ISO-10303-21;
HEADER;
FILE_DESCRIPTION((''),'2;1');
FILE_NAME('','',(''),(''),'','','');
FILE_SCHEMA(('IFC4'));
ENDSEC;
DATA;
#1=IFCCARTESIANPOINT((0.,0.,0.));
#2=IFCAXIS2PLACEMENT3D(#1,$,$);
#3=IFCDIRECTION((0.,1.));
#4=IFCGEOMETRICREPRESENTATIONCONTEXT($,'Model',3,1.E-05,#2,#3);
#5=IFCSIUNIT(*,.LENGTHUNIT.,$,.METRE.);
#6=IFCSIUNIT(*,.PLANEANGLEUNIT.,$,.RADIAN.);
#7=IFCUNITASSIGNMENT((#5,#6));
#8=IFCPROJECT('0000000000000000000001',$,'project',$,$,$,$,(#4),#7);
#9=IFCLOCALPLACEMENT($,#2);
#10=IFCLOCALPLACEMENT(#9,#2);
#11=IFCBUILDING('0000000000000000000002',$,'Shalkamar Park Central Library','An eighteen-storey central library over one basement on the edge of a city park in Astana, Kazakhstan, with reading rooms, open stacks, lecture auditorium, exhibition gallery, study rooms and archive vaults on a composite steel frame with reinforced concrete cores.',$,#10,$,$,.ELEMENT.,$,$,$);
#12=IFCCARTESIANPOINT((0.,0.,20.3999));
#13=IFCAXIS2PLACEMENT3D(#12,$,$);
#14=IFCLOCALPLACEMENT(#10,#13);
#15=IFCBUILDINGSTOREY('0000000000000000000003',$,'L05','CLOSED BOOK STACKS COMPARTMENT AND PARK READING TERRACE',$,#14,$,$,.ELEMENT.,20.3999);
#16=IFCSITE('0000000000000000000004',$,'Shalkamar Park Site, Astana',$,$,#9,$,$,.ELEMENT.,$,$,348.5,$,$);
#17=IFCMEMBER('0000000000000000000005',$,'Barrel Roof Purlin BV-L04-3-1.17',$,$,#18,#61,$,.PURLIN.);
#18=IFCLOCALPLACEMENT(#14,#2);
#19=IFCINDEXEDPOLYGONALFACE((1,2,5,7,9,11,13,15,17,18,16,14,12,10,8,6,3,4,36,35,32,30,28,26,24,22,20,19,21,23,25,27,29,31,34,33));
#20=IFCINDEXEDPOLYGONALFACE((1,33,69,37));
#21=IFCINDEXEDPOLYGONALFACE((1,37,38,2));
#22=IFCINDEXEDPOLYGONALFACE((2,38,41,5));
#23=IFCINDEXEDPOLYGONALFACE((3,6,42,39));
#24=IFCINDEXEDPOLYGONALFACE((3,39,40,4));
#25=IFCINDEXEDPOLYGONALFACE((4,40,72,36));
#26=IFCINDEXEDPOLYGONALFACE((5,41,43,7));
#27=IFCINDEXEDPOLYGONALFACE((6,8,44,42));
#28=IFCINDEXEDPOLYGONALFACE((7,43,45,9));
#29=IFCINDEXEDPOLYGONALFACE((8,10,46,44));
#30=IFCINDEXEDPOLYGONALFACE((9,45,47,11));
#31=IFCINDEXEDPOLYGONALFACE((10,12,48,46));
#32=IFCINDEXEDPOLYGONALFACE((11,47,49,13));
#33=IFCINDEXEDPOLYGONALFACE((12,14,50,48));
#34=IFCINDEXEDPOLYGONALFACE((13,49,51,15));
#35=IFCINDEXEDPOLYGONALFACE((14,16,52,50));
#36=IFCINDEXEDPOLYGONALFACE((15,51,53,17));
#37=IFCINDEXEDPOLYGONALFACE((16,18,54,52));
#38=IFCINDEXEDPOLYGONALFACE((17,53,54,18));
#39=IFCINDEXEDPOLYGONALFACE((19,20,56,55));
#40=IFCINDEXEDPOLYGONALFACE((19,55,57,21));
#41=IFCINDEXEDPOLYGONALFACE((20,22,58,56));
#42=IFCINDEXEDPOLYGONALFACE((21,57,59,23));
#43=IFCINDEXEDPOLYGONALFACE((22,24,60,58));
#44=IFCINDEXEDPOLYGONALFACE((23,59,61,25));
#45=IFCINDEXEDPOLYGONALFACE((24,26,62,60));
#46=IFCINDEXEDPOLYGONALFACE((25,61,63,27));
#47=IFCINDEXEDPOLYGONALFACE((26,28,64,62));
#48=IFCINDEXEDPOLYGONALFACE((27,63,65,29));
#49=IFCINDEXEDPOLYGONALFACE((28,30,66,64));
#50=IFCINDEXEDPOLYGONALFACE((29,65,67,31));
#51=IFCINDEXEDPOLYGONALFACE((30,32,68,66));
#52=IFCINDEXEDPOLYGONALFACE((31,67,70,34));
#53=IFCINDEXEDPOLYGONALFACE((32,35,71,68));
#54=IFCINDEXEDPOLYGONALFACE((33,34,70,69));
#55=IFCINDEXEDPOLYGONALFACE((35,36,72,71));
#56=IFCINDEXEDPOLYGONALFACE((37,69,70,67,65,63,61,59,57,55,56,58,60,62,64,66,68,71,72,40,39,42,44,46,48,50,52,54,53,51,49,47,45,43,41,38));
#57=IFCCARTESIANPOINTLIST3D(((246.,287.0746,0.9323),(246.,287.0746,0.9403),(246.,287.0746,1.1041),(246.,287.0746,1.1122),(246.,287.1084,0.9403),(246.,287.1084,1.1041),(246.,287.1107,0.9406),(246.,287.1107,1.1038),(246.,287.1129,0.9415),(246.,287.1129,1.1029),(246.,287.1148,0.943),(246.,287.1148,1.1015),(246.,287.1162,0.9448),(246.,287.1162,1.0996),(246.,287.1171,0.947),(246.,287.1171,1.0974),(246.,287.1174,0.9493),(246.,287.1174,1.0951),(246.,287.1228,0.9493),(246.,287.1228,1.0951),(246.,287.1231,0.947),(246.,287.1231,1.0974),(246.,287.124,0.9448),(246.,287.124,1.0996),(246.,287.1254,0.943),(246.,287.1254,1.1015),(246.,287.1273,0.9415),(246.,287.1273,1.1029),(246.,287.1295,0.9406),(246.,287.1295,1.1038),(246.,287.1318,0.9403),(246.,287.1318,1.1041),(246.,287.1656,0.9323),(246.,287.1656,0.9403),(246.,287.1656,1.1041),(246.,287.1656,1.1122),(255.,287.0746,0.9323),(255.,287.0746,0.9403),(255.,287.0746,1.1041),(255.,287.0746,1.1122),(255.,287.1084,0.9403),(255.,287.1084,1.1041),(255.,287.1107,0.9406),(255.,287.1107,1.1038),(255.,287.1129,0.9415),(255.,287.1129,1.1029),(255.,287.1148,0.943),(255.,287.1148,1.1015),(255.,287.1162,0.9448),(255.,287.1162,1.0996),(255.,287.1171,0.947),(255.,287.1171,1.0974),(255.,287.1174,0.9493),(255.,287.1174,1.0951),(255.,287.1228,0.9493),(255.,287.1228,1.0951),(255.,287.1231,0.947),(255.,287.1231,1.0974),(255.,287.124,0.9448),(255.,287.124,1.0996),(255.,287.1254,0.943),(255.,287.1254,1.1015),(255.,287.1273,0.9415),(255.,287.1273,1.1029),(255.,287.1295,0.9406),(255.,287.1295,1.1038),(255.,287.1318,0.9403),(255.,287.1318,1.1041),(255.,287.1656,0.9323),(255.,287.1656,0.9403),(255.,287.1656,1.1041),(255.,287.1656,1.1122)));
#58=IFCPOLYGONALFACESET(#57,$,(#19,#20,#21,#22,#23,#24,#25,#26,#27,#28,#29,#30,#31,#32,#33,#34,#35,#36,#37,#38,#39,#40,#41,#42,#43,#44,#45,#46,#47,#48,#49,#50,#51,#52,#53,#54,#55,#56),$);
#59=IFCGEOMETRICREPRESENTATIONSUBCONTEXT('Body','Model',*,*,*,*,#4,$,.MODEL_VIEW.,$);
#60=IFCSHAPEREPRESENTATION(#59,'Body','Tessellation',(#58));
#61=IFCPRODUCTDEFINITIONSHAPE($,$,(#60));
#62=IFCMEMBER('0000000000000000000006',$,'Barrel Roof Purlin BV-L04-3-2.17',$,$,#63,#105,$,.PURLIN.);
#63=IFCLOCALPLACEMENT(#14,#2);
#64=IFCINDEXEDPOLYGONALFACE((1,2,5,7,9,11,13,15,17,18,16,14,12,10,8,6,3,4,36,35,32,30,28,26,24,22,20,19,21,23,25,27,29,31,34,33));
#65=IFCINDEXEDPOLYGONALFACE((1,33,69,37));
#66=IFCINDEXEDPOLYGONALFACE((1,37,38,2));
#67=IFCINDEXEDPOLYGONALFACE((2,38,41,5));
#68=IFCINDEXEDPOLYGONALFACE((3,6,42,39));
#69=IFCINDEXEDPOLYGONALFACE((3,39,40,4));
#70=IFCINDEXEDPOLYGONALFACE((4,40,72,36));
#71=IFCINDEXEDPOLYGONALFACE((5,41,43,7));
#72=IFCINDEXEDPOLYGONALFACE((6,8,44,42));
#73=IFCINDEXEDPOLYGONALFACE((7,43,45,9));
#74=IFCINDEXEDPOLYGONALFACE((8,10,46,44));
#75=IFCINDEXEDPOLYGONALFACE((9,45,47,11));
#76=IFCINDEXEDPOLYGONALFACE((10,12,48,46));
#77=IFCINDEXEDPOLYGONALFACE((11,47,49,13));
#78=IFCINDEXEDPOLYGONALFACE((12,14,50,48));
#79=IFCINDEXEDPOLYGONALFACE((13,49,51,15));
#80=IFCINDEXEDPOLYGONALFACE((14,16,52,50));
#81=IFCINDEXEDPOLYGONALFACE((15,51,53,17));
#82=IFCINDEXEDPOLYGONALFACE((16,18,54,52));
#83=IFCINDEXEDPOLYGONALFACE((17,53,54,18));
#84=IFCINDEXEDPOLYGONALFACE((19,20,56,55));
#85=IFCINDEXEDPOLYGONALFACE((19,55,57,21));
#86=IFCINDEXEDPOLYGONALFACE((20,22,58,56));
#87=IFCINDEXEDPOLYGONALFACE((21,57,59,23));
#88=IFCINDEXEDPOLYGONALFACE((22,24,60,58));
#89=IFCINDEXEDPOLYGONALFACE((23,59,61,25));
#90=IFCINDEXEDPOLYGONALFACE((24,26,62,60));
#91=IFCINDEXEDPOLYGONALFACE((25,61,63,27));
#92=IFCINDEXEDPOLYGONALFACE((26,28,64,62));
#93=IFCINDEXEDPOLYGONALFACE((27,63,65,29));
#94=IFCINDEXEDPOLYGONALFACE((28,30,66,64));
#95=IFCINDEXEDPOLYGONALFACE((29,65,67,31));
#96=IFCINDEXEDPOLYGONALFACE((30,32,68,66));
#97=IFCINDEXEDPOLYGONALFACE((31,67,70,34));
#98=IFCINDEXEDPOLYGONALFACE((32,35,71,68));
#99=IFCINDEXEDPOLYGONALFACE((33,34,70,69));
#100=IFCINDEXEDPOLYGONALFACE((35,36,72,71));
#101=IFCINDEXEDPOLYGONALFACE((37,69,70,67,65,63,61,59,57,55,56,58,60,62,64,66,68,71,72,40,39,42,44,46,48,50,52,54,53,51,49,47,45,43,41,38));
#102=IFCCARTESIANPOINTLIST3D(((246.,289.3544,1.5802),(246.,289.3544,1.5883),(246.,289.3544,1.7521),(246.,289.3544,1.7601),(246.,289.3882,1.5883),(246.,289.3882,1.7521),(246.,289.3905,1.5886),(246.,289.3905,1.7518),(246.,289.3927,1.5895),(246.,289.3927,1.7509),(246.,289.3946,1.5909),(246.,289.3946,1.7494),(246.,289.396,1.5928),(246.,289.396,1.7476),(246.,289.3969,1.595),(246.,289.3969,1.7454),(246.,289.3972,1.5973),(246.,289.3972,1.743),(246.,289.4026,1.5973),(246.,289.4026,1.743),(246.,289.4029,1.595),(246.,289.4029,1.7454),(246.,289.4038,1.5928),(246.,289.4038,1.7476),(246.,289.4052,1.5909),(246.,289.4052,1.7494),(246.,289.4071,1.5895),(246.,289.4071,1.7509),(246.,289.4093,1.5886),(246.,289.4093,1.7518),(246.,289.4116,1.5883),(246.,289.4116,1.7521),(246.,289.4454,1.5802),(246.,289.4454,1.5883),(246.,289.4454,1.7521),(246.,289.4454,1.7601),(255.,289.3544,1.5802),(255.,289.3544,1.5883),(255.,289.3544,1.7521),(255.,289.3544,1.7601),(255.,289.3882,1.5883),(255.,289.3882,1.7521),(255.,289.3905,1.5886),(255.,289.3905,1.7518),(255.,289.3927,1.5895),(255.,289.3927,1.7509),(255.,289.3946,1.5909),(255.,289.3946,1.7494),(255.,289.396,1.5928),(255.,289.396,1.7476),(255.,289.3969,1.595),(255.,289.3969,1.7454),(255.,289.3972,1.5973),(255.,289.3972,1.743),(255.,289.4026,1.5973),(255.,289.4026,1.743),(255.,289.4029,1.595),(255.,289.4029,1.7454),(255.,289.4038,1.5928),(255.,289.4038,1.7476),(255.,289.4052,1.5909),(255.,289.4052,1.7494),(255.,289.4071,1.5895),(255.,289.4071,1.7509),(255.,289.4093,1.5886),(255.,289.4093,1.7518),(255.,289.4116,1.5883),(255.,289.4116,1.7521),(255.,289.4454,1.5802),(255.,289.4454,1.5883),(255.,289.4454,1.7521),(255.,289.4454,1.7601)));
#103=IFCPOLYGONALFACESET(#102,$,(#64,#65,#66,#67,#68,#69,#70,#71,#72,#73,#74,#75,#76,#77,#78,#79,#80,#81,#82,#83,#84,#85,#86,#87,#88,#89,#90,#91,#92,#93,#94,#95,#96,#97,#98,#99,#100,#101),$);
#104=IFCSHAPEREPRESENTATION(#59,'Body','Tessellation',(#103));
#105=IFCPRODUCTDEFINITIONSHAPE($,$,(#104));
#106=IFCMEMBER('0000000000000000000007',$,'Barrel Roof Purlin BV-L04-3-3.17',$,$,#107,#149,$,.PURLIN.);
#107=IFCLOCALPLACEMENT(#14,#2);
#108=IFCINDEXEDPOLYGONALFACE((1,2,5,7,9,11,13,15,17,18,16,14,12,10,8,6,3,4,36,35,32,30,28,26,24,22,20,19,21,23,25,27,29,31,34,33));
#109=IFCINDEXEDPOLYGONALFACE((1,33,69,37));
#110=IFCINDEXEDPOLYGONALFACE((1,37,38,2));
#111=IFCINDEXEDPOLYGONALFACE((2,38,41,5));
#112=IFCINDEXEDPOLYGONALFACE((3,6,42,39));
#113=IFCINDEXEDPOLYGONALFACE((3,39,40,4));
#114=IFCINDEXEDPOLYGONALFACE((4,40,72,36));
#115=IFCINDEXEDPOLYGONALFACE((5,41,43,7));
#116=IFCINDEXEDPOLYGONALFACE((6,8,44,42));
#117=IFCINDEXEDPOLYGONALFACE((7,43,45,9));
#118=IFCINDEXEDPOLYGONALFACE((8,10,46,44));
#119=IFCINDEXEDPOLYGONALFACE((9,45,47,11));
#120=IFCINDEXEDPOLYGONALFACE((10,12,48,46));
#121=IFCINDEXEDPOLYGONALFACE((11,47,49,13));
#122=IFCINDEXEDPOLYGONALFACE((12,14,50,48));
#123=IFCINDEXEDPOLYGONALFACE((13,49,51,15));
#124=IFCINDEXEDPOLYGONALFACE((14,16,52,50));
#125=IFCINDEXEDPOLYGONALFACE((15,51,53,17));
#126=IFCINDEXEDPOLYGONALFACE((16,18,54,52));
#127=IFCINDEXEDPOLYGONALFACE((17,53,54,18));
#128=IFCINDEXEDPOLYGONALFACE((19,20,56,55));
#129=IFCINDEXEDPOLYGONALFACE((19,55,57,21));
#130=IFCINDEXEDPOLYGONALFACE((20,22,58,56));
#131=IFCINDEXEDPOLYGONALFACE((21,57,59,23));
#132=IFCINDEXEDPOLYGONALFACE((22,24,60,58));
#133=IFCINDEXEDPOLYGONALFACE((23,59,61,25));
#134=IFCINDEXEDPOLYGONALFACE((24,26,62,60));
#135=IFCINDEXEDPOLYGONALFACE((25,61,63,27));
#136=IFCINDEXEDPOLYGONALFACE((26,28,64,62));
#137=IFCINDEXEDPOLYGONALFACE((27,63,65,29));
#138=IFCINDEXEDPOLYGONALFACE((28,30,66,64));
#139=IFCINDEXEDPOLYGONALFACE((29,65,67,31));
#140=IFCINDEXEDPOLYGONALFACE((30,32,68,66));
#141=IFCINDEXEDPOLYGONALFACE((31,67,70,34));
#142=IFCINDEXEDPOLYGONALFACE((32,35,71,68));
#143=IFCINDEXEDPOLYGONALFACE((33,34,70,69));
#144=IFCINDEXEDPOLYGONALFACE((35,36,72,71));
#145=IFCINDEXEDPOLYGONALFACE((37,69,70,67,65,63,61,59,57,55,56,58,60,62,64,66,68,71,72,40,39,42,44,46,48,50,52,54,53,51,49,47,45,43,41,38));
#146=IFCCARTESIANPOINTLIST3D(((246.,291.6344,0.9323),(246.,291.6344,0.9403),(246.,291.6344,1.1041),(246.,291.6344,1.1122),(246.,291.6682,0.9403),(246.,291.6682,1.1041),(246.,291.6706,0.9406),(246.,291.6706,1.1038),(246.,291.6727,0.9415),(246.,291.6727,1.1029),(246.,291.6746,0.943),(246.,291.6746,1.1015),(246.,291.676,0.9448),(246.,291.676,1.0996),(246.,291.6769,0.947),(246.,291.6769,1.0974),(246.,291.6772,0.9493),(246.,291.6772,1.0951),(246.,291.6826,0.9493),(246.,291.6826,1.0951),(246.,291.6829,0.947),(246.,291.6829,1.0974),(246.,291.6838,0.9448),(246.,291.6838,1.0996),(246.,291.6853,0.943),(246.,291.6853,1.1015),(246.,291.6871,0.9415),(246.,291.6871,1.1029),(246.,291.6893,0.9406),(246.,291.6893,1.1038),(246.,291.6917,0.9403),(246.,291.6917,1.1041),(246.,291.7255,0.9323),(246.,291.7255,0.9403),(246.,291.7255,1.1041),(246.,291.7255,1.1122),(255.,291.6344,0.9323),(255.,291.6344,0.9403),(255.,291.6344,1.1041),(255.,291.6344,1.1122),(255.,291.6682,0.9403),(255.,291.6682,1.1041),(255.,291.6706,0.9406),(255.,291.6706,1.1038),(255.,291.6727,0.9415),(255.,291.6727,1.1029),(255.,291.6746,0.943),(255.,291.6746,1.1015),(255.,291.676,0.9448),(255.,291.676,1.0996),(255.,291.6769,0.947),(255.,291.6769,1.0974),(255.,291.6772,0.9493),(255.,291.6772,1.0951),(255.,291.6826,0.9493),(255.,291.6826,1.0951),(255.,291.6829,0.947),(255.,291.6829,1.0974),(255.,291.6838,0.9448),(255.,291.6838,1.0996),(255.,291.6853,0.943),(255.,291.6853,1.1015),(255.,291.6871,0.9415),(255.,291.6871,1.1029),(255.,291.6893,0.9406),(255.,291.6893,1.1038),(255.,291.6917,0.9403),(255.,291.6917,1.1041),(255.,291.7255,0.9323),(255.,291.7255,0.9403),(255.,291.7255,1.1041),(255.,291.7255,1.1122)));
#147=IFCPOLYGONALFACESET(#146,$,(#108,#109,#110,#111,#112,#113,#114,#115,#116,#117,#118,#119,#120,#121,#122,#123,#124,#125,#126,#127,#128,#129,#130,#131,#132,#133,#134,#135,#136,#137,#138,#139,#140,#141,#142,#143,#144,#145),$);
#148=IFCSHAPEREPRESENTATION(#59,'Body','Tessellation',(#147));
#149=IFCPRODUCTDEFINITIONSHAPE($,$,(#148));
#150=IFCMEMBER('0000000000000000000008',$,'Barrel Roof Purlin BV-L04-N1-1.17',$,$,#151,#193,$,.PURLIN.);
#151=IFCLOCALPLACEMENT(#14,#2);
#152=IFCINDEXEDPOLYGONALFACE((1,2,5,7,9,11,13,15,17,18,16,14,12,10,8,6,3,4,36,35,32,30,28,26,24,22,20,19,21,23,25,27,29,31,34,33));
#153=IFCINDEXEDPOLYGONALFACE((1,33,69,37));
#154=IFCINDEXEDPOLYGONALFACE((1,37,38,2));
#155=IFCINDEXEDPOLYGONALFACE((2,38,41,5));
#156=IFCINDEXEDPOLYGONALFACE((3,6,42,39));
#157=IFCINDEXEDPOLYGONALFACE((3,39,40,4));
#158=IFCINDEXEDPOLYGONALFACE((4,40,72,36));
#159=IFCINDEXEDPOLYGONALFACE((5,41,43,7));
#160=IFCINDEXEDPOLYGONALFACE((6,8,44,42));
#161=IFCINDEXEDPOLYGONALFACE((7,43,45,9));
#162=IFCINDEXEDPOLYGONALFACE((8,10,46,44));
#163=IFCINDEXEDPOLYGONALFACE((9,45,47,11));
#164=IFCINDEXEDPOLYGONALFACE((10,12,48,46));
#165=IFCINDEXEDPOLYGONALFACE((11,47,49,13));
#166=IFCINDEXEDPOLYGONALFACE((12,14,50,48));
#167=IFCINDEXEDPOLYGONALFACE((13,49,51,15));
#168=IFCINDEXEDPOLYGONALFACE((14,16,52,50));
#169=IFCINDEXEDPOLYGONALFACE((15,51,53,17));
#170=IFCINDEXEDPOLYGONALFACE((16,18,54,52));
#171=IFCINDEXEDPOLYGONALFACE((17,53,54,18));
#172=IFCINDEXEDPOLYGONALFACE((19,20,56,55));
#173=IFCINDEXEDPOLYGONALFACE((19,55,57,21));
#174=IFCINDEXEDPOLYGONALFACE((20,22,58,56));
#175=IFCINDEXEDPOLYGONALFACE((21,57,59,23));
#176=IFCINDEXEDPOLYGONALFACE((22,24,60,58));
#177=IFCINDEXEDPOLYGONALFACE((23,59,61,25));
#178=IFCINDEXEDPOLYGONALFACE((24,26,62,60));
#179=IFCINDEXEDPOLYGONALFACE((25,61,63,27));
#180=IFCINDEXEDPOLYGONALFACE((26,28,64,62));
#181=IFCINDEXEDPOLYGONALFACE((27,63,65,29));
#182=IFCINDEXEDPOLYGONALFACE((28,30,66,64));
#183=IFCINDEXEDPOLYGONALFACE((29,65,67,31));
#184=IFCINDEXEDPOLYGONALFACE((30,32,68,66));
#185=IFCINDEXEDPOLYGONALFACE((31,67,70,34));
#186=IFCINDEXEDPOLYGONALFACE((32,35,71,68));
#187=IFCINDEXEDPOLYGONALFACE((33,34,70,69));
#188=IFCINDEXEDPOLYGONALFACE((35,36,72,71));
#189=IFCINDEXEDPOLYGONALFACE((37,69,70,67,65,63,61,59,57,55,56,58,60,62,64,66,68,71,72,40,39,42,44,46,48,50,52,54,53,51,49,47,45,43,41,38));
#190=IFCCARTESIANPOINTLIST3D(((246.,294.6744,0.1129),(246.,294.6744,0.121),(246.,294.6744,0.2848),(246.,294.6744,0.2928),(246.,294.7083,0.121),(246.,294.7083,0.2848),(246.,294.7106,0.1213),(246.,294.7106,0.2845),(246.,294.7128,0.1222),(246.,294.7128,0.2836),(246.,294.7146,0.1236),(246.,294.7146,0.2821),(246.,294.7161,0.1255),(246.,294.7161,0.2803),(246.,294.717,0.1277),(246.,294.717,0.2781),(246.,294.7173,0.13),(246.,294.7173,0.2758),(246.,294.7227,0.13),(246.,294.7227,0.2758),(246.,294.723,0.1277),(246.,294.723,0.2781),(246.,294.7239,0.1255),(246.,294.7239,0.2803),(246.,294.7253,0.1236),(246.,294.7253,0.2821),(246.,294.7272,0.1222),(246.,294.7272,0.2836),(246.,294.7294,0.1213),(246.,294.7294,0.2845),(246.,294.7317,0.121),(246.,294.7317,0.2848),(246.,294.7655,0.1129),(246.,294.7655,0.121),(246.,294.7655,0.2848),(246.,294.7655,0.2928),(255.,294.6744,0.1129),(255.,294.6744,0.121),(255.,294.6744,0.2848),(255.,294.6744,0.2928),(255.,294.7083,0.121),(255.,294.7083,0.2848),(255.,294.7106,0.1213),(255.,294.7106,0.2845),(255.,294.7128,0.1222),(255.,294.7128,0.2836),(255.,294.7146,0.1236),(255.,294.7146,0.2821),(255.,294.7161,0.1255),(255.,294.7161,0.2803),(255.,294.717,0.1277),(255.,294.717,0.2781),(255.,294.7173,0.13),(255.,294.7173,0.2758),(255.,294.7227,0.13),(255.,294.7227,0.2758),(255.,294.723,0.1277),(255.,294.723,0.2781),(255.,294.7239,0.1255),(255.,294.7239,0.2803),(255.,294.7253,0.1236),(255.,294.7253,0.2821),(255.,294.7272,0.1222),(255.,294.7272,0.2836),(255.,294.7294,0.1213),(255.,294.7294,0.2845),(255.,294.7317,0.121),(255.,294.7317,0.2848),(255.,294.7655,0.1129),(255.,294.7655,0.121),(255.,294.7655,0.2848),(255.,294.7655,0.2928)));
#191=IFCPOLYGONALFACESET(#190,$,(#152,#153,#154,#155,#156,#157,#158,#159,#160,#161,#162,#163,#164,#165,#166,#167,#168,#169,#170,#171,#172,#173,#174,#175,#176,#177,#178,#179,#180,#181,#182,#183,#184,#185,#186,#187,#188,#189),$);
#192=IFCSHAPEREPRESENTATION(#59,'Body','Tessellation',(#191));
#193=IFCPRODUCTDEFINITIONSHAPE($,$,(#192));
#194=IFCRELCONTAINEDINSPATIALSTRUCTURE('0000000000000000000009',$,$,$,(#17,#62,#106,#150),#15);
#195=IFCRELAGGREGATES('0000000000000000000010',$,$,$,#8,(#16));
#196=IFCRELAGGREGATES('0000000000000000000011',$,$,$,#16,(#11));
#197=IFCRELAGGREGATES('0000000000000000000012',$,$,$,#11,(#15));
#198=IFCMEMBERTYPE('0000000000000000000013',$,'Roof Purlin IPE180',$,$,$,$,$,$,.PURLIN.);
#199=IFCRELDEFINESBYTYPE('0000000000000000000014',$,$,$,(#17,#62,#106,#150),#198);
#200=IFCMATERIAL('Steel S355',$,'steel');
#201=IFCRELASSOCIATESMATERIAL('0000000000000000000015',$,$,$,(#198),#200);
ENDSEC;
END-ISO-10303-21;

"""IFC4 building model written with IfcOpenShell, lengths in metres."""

from ifc_helpers import new_model, si_unit, direction, frame, origin, origin_2d, place, context, subcontext, project, spatial, i_section, extrude, material, material_profile, profile_set, type_object, element, save


model = new_model("IFC4")

# Units and contexts
model_context = context("Model", 3, precision=1e-05, world=origin(), true_north=direction((0.0, 1.0)))
body_context = subcontext(model_context, "Body", "Model", "MODEL_VIEW")
ifc_project = project(units=[si_unit("LENGTHUNIT", "METRE"), si_unit("PLANEANGLEUNIT", "RADIAN")], contexts=[model_context])

# Site, building, storey
site_placement = place(None, origin())
site = spatial("IfcSite", under=ifc_project, at=site_placement, Name="Shalkamar Park Site, Astana", CompositionType="ELEMENT", RefElevation=348.5)
building_placement = place(site_placement, origin())
building = spatial("IfcBuilding", under=site, at=building_placement, Name="Shalkamar Park Central Library", Description="An eighteen-storey central library over one basement on the edge of a city park in Astana, Kazakhstan, with reading rooms, open stacks, lecture auditorium, exhibition gallery, study rooms and archive vaults on a composite steel frame with reinforced concrete cores.", CompositionType="ELEMENT")
storey_placement = place(building_placement, frame((0.0, 0.0, 20.3999)))
storey = spatial("IfcBuildingStorey", under=building, at=storey_placement, Name="L05", Description="CLOSED BOOK STACKS COMPARTMENT AND PARK READING TERRACE", CompositionType="ELEMENT", Elevation=20.3999)

# Members
ifc_material = material(Name="Steel S355", Category="steel")
ifc_material_profile_1 = material_profile(ifc_material, i_section(OverallWidth=0.0911, OverallDepth=0.1799, WebThickness=0.0054, FlangeThickness=0.0081, FilletRadius=0.009, at=origin_2d()), Name="IPE 180")
ifc_profile_set_1 = profile_set([ifc_material_profile_1], Name="Steel S355")
member_type_1 = type_object("IfcMemberType", Name="Roof Purlin IPE180", PredefinedType="PURLIN", material=ifc_profile_set_1)
for number, where, z_axis, x_axis, name in (
    (1, (246.0, 287.1201, 1.0222), (1.0, 0.0, 0.0), (0.0, 1.0, 0.0), "Barrel Roof Purlin BV-L04-3-1.17"),
    (2, (246.0, 289.3999, 1.6702), (1.0, 0.0, 0.0), (0.0, 1.0, 0.0), "Barrel Roof Purlin BV-L04-3-2.17"),
    (3, (246.0, 291.6799, 1.0222), (1.0, 0.0, 0.0), (0.0, 1.0, 0.0), "Barrel Roof Purlin BV-L04-3-3.17"),
    (4, (246.0, 294.72, 0.2029), (1.0, 0.0, 0.0), (0.0, 1.0, 0.0), "Barrel Roof Purlin BV-L04-N1-1.17"),
):
    element("IfcMember", number, at=place(storey_placement, frame(where, z_axis=z_axis, x_axis=x_axis)), inside=storey, type_object=member_type_1, Name=name, PredefinedType="PURLIN", context=body_context, shape_type="SweptSolid", body=[
        extrude(i_section(OverallWidth=0.0911, OverallDepth=0.1799, WebThickness=0.0054, FlangeThickness=0.0081, FilletRadius=0.009, at=origin_2d()), origin(), (0.0, 0.0, 1.0), 9.0),
    ])

save(model, "model.ifc")
